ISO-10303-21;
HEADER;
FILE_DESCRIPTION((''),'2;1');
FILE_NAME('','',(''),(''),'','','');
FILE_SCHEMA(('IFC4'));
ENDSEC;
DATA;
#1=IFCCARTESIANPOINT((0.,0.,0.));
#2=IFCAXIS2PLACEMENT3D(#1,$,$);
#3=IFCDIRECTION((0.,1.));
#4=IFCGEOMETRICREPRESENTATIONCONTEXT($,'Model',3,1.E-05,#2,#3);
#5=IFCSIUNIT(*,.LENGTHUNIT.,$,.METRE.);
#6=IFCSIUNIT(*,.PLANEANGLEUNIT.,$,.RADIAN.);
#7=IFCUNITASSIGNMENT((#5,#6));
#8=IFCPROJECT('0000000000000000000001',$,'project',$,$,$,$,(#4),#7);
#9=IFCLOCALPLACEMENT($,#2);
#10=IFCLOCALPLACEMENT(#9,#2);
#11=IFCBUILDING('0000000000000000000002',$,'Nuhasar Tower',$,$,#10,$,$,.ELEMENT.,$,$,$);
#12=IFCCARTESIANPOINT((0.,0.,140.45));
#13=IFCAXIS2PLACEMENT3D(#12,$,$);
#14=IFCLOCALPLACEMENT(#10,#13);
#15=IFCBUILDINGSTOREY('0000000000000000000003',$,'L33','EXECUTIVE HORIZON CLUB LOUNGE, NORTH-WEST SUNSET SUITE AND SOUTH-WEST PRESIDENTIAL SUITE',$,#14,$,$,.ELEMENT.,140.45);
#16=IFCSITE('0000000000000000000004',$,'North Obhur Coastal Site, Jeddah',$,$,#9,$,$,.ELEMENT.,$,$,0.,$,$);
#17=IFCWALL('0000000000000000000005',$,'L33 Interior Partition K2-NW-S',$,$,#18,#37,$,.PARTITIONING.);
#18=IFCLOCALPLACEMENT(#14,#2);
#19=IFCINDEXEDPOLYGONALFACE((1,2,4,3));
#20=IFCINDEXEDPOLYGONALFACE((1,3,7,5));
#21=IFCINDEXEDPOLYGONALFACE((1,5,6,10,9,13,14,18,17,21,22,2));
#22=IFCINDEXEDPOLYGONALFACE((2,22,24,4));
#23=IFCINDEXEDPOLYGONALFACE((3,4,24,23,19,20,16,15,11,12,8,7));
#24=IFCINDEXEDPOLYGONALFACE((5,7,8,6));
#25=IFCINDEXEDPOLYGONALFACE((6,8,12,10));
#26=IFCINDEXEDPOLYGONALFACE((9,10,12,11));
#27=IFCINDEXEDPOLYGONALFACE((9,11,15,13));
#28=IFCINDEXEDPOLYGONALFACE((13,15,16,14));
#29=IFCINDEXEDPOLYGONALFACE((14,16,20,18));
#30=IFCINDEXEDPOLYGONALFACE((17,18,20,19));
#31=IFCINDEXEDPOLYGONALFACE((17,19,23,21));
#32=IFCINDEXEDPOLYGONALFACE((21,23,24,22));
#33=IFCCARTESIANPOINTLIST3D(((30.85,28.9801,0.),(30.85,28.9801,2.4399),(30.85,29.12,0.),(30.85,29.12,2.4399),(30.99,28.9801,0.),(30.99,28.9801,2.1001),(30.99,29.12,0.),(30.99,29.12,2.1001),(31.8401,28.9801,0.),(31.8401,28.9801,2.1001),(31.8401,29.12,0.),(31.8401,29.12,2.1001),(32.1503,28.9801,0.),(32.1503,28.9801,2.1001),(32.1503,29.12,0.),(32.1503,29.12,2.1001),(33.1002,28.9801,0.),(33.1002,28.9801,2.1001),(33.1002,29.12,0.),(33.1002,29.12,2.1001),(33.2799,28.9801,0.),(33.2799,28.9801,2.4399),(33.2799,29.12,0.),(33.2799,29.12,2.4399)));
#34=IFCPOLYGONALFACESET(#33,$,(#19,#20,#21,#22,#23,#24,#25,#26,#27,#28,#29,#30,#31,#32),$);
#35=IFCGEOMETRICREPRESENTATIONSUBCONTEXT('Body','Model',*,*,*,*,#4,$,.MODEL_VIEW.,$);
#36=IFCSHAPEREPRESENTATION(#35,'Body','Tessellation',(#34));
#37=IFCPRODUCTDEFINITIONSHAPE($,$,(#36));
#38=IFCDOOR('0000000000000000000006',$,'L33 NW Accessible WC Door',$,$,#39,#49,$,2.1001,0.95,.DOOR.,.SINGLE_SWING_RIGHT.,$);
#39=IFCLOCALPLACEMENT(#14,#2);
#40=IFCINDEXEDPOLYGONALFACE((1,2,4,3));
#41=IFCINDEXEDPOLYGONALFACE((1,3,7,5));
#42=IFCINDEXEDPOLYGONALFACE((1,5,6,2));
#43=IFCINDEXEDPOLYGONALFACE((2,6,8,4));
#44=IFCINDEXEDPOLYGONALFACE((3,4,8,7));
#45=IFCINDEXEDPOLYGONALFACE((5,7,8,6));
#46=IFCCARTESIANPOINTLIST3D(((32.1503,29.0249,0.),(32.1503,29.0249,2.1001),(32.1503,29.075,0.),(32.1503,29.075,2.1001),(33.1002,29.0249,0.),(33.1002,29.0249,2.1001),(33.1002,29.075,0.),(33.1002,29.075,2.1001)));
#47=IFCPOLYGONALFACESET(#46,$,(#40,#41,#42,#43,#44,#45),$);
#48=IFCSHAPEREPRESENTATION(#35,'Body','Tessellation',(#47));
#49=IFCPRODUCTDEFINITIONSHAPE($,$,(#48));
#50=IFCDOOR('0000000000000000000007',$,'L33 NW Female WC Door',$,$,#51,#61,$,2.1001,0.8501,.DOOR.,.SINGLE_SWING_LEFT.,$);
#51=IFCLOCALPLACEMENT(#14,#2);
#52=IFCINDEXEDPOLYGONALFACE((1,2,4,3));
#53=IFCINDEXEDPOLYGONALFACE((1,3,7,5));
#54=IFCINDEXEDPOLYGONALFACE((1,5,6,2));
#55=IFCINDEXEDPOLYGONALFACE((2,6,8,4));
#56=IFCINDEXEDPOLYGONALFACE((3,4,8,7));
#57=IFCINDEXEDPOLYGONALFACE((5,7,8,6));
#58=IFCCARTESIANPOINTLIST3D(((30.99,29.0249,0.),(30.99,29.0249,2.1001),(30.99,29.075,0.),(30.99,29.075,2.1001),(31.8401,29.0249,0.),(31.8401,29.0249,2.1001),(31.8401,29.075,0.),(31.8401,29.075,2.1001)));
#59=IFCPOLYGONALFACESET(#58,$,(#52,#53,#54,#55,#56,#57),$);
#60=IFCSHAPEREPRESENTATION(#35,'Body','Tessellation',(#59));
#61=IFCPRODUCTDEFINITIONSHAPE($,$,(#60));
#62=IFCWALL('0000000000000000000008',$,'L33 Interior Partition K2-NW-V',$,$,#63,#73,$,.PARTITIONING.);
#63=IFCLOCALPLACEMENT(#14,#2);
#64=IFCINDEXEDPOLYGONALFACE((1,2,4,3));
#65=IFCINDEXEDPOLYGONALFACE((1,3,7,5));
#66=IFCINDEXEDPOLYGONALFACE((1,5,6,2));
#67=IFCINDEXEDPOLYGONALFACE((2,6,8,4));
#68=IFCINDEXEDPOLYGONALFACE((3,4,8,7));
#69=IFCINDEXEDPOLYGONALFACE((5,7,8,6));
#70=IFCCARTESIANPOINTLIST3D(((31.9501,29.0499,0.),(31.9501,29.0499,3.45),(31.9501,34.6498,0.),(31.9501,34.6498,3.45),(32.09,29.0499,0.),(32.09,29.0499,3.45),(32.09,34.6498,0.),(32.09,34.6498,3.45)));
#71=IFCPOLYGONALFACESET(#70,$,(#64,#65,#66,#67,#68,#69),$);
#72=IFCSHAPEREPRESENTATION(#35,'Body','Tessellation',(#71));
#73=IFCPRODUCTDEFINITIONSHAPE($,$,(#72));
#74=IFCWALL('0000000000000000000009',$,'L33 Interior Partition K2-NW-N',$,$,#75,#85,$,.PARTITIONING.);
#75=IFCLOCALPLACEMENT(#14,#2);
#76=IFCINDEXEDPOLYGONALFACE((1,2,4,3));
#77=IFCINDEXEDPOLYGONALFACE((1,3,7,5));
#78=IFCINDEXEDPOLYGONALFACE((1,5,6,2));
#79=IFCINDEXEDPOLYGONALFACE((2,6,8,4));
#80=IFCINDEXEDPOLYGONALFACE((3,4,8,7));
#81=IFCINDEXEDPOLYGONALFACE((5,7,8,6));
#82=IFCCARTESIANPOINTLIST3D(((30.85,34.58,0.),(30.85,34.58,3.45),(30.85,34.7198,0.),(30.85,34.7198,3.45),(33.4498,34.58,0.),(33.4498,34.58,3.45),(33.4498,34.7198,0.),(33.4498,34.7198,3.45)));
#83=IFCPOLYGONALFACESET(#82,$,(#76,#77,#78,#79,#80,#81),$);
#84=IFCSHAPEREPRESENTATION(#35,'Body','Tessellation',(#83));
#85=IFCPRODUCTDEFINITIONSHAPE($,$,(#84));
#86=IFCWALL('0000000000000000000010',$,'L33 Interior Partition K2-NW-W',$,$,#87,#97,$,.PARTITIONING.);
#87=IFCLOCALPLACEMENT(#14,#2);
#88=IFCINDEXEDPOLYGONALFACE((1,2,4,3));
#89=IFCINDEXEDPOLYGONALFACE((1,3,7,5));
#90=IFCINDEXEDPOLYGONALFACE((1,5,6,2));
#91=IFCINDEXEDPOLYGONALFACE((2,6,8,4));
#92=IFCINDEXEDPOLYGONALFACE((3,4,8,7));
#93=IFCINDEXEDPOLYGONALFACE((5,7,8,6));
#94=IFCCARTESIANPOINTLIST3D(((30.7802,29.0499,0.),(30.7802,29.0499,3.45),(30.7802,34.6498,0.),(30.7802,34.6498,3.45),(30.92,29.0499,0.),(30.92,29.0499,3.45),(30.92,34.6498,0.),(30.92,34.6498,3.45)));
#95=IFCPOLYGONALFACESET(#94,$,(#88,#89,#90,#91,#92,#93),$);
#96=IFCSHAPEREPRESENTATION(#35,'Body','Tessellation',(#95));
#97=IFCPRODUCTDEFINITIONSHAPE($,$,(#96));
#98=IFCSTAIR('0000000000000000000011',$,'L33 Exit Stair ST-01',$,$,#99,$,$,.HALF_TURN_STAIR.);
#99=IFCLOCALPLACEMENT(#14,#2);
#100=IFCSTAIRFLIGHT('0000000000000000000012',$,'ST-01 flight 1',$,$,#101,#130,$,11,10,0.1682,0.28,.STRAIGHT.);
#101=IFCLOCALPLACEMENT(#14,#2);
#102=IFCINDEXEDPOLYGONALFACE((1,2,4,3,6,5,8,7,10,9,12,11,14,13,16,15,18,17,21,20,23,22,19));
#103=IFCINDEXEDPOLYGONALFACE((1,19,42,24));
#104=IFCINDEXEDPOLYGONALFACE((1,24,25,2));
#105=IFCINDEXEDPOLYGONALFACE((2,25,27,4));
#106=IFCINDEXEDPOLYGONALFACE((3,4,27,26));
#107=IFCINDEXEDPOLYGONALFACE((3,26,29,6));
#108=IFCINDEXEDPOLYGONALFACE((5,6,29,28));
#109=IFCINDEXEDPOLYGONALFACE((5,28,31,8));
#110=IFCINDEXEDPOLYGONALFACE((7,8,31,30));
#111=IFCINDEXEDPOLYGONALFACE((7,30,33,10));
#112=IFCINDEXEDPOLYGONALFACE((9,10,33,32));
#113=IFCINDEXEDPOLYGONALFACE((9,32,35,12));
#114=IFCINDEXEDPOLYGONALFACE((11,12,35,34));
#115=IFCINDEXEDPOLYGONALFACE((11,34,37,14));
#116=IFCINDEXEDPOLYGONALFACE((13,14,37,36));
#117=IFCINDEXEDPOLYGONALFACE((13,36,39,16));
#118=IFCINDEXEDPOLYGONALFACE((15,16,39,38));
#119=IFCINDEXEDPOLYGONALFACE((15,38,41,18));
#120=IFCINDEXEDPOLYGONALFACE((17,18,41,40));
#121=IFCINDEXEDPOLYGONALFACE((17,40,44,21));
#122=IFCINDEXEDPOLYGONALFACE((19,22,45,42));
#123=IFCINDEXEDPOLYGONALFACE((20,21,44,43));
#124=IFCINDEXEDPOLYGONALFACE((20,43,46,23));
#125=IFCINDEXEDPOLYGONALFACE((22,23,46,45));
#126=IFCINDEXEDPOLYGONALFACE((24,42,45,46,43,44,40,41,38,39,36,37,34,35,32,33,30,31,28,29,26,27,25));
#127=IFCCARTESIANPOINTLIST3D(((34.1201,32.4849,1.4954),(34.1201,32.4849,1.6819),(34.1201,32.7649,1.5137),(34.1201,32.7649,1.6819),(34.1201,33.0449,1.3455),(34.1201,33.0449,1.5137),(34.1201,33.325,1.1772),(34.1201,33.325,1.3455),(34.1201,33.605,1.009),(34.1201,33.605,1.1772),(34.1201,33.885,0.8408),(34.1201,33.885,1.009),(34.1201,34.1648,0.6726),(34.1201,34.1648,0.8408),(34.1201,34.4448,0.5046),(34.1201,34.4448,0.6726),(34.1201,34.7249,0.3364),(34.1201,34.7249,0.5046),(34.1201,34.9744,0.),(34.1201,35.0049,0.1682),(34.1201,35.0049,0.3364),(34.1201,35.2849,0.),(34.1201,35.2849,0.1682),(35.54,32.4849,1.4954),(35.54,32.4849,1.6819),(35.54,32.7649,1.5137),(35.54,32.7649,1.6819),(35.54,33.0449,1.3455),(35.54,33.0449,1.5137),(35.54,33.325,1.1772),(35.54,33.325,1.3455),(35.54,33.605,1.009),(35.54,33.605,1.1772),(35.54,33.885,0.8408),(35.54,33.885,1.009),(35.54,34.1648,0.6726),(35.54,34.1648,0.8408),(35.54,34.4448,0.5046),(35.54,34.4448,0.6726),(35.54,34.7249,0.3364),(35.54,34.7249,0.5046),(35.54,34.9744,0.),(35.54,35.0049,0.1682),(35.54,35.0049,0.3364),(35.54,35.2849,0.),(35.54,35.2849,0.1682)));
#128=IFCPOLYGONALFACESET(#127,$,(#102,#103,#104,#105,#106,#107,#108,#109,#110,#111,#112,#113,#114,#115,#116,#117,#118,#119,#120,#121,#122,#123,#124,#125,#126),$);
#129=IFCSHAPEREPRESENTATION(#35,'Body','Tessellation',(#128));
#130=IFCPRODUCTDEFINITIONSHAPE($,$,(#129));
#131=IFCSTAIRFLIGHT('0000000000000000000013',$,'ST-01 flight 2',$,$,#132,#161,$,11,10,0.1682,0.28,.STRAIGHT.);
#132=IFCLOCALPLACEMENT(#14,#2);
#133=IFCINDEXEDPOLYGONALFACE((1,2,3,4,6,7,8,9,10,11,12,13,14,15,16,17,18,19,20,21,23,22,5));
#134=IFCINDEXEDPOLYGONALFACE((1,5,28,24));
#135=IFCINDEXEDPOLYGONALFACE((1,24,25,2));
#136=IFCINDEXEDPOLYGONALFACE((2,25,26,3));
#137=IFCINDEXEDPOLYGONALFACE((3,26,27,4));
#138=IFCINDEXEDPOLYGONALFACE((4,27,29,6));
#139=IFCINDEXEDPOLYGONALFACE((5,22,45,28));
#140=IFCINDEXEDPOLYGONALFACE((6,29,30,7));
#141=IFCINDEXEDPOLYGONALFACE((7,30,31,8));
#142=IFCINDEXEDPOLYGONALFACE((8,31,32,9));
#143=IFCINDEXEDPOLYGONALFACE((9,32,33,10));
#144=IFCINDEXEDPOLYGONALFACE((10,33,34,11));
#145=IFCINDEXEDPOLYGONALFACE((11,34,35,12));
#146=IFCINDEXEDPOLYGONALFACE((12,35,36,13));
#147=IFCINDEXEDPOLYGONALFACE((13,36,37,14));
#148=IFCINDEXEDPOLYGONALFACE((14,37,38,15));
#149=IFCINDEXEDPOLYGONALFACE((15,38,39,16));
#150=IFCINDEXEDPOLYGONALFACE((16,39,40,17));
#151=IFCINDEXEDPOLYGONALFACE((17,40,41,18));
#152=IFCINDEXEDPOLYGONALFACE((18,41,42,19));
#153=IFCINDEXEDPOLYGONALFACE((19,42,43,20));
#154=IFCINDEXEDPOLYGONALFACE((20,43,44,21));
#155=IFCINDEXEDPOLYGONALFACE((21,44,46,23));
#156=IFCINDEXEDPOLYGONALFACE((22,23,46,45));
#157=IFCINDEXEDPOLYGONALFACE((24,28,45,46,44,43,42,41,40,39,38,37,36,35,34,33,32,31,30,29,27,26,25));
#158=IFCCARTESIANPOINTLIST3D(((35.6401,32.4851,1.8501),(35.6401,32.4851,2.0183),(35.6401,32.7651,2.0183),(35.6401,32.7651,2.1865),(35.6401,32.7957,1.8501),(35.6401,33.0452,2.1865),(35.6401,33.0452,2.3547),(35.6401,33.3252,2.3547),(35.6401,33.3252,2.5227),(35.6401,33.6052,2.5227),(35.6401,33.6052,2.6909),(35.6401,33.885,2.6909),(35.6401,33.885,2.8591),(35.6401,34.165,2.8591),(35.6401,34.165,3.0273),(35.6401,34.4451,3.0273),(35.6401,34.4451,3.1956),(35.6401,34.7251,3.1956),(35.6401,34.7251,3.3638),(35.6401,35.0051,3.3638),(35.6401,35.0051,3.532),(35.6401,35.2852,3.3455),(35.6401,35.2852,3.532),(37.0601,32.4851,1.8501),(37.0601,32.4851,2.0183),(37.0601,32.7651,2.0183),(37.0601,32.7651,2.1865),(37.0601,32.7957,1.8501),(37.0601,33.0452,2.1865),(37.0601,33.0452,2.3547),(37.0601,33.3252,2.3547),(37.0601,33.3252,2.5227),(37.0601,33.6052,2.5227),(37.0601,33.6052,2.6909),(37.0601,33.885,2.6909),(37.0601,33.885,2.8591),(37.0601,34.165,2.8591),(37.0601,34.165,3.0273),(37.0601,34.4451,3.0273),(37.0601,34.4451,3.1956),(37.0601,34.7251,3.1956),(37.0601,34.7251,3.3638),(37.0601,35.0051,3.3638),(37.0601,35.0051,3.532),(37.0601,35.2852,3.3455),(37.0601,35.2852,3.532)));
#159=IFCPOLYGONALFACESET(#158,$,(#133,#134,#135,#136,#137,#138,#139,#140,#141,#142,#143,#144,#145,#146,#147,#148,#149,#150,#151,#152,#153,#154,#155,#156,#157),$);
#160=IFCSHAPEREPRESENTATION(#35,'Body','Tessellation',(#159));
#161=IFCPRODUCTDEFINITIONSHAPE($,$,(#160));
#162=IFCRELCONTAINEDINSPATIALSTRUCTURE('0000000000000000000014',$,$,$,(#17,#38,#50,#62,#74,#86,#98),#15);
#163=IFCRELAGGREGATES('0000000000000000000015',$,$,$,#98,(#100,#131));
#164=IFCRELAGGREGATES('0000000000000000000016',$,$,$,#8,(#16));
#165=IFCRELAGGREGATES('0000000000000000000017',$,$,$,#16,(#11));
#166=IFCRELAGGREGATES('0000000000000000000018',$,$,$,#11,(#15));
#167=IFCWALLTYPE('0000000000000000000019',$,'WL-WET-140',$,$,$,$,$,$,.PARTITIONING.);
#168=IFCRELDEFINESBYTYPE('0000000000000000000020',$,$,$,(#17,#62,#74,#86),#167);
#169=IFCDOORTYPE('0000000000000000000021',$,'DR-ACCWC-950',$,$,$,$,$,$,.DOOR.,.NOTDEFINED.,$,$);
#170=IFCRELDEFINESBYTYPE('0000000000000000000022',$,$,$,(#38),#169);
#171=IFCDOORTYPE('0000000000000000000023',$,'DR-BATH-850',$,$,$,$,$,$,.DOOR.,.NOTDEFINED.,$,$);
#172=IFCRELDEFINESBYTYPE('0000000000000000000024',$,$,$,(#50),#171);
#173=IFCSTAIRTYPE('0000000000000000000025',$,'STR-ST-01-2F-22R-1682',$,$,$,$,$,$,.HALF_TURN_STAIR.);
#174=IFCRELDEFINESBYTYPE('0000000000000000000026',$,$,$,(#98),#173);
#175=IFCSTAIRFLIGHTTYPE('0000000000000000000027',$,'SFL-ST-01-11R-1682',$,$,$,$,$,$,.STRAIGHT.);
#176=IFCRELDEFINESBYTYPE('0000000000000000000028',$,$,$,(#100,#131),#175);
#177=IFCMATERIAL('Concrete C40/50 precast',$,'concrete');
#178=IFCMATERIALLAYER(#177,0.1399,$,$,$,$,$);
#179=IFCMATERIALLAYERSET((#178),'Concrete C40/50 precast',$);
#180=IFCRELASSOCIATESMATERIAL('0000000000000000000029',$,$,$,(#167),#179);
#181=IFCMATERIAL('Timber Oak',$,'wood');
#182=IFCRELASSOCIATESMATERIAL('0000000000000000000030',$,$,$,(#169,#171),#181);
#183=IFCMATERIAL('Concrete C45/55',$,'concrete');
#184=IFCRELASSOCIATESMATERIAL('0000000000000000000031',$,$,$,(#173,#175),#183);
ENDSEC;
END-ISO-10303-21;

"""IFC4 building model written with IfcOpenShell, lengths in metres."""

from ifc_helpers import new_model, si_unit, direction, frame, frame_2d, origin, place, context, subcontext, project, spatial, polyline, rectangle, outline, extrude, material, layer, layer_set, type_object, element, fill, aggregate, save


model = new_model("IFC4")

# Units and contexts
model_context = context("Model", 3, precision=1e-05, world=origin(), true_north=direction((0.0, 1.0)))
body_context = subcontext(model_context, "Body", "Model", "MODEL_VIEW")
ifc_project = project(units=[si_unit("LENGTHUNIT", "METRE"), si_unit("PLANEANGLEUNIT", "RADIAN")], contexts=[model_context])

# Site, building, storey
site_placement = place(None, origin())
site = spatial("IfcSite", under=ifc_project, at=site_placement, Name="North Obhur Coastal Site, Jeddah", CompositionType="ELEMENT", RefElevation=0.0)
building_placement = place(site_placement, origin())
building = spatial("IfcBuilding", under=site, at=building_placement, Name="Nuhasar Tower", CompositionType="ELEMENT")
storey_placement = place(building_placement, frame((0.0, 0.0, 140.45)))
storey = spatial("IfcBuildingStorey", under=building, at=storey_placement, Name="L33", Description="EXECUTIVE HORIZON CLUB LOUNGE, NORTH-WEST SUNSET SUITE AND SOUTH-WEST PRESIDENTIAL SUITE", CompositionType="ELEMENT", Elevation=140.45)

# Shared definitions
ifc_material_1 = material(Name="Concrete C40/50 precast", Category="concrete")
ifc_layer_1 = layer(ifc_material_1, 0.1399)
ifc_layer_set_1 = layer_set([ifc_layer_1], Name="Concrete C40/50 precast")
wall_type_1 = type_object("IfcWallType", Name="WL-WET-140", PredefinedType="PARTITIONING", material=ifc_layer_set_1)

# Wall, openings, doors
wall_1_placement = place(storey_placement, frame((30.8501, 29.05, 0.0), z_axis=(0.0, 0.0, 1.0), x_axis=(1.0, 0.0, 0.0)))
wall_1 = element("IfcWall", 1, at=wall_1_placement, inside=storey, type_object=wall_type_1, Name="L33 Interior Partition K2-NW-S", PredefinedType="PARTITIONING", context=body_context, shape_type="SweptSolid", body=[
    extrude(rectangle(XDim=2.4299, YDim=0.1399, at=frame_2d((1.2148, 0.0))), origin(), (0.0, 0.0, 1.0), 2.4399),
])
opening_1_placement = place(wall_1_placement, frame((0.1399, 0.0, 0.0)))
opening_1 = element("IfcOpeningElement", 2, at=opening_1_placement, cuts=wall_1, PredefinedType="OPENING", context=body_context, shape_type="SweptSolid", body=[
    extrude(rectangle(XDim=0.8501, YDim=2.1001, at=frame_2d((0.425, 1.05))), frame((0.0, 0.0801, 0.0), z_axis=(0.0, -1.0, 0.0), x_axis=(1.0, 0.0, 0.0)), (0.0, 0.0, 1.0), 0.1599),
])
opening_2_placement = place(wall_1_placement, frame((1.3, 0.0, 0.0)))
opening_2 = element("IfcOpeningElement", 3, at=opening_2_placement, cuts=wall_1, PredefinedType="OPENING", context=body_context, shape_type="SweptSolid", body=[
    extrude(rectangle(XDim=0.95, YDim=2.1001, at=frame_2d((0.4751, 1.05))), frame((0.0, 0.0801, 0.0), z_axis=(0.0, -1.0, 0.0), x_axis=(1.0, 0.0, 0.0)), (0.0, 0.0, 1.0), 0.1599),
])
ifc_material_2 = material(Name="Timber Oak", Category="wood")
door_type_1 = type_object("IfcDoorType", Name="DR-ACCWC-950", OperationType="NOTDEFINED", PredefinedType="DOOR", material=ifc_material_2)
door_1_placement = place(opening_2_placement, origin())
door_1 = element("IfcDoor", 4, at=door_1_placement, inside=storey, type_object=door_type_1, Name="L33 NW Accessible WC Door", OperationType="SINGLE_SWING_RIGHT", OverallHeight=2.1001, OverallWidth=0.95, PredefinedType="DOOR", context=body_context, shape_type="SweptSolid", body=[
    extrude(rectangle(XDim=0.95, YDim=2.1001, at=frame_2d((0.4751, 1.05))), frame((0.0, 0.0249, 0.0), z_axis=(0.0, -1.0, 0.0), x_axis=(1.0, 0.0, 0.0)), (0.0, 0.0, 1.0), 0.05),
])
fill(opening_2, door_1)
door_type_2 = type_object("IfcDoorType", Name="DR-BATH-850", OperationType="NOTDEFINED", PredefinedType="DOOR", material=ifc_material_2)
door_2_placement = place(opening_1_placement, origin())
door_2 = element("IfcDoor", 5, at=door_2_placement, inside=storey, type_object=door_type_2, Name="L33 NW Female WC Door", OperationType="SINGLE_SWING_LEFT", OverallHeight=2.1001, OverallWidth=0.8501, PredefinedType="DOOR", context=body_context, shape_type="SweptSolid", body=[
    extrude(rectangle(XDim=0.8501, YDim=2.1001, at=frame_2d((0.425, 1.05))), frame((0.0, 0.0249, 0.0), z_axis=(0.0, -1.0, 0.0), x_axis=(1.0, 0.0, 0.0)), (0.0, 0.0, 1.0), 0.05),
])
fill(opening_1, door_2)

# Walls
wall_2_placement = place(storey_placement, frame((32.02, 29.05, 0.0), z_axis=(0.0, 0.0, 1.0), x_axis=(0.0, 1.0, 0.0)))
element("IfcWall", 6, at=wall_2_placement, inside=storey, type_object=wall_type_1, Name="L33 Interior Partition K2-NW-V", PredefinedType="PARTITIONING", context=body_context, shape_type="SweptSolid", body=[
    extrude(rectangle(XDim=5.5999, YDim=0.1399, at=frame_2d((2.7998, 0.0))), origin(), (0.0, 0.0, 1.0), 3.45),
])
wall_3_placement = place(storey_placement, frame((30.8501, 34.6499, 0.0), z_axis=(0.0, 0.0, 1.0), x_axis=(1.0, 0.0, 0.0)))
element("IfcWall", 7, at=wall_3_placement, inside=storey, type_object=wall_type_1, Name="L33 Interior Partition K2-NW-N", PredefinedType="PARTITIONING", context=body_context, shape_type="SweptSolid", body=[
    extrude(rectangle(XDim=2.5999, YDim=0.1399, at=frame_2d((1.2998, 0.0))), origin(), (0.0, 0.0, 1.0), 3.45),
])
wall_4_placement = place(storey_placement, frame((30.8501, 29.05, 0.0), z_axis=(0.0, 0.0, 1.0), x_axis=(0.0, 1.0, 0.0)))
element("IfcWall", 8, at=wall_4_placement, inside=storey, type_object=wall_type_1, Name="L33 Interior Partition K2-NW-W", PredefinedType="PARTITIONING", context=body_context, shape_type="SweptSolid", body=[
    extrude(rectangle(XDim=5.5999, YDim=0.1399, at=frame_2d((2.7998, 0.0))), origin(), (0.0, 0.0, 1.0), 3.45),
])

# Stair, stair flights
ifc_material_3 = material(Name="Concrete C45/55", Category="concrete")
stair_type_1 = type_object("IfcStairType", Name="STR-ST-01-2F-22R-1682", PredefinedType="HALF_TURN_STAIR", material=ifc_material_3)
stair_1_placement = place(storey_placement, origin())
stair_1 = element("IfcStair", 9, at=stair_1_placement, inside=storey, type_object=stair_type_1, Name="L33 Exit Stair ST-01", PredefinedType="HALF_TURN_STAIR")
stair_flight_type_1 = type_object("IfcStairFlightType", Name="SFL-ST-01-11R-1682", PredefinedType="STRAIGHT", material=ifc_material_3)
stair_flight_1_placement = place(storey_placement, frame((34.8301, 35.2849, 0.0), z_axis=(0.0, 0.0, 1.0), x_axis=(0.0, -1.0, 0.0)))
stair_flight_1 = element("IfcStairFlight", 10, at=stair_flight_1_placement, type_object=stair_flight_type_1, Name="ST-01 flight 1", NumberOfRisers=11, NumberOfTreads=10, PredefinedType="STRAIGHT", RiserHeight=0.1682, TreadLength=0.28, context=body_context, shape_type="SweptSolid", body=[
    extrude(outline(polyline([(0.0, 0.0), (0.0, 0.1682), (0.28, 0.1682), (0.28, 0.3364), (0.5601, 0.3364), (0.5601, 0.5046), (0.8401, 0.5046), (0.8401, 0.6726), (1.1201, 0.6726), (1.1201, 0.8408), (1.3999, 0.8408), (1.3999, 1.009), (1.6799, 1.009), (1.6799, 1.1772), (1.96, 1.1772), (1.96, 1.3455), (2.24, 1.3455), (2.24, 1.5137), (2.52, 1.5137), (2.52, 1.6819), (2.8, 1.6819), (2.8, 1.8501), (2.8, 1.4954), (0.3105, 0.0), (0.0, 0.0)])), frame((0.0, 0.71, 0.0), z_axis=(0.0, -1.0, 0.0), x_axis=(1.0, 0.0, 0.0)), (0.0, 0.0, 1.0), 1.4199),
])
stair_flight_2_placement = place(storey_placement, frame((36.3501, 32.4851, 1.8501), z_axis=(0.0, 0.0, 1.0), x_axis=(0.0, 1.0, 0.0)))
stair_flight_2 = element("IfcStairFlight", 11, at=stair_flight_2_placement, type_object=stair_flight_type_1, Name="ST-01 flight 2", NumberOfRisers=11, NumberOfTreads=10, PredefinedType="STRAIGHT", RiserHeight=0.1682, TreadLength=0.28, context=body_context, shape_type="SweptSolid", body=[
    extrude(outline(polyline([(0.0, 0.0), (0.0, 0.1682), (0.28, 0.1682), (0.28, 0.3364), (0.5601, 0.3364), (0.5601, 0.5046), (0.8401, 0.5046), (0.8401, 0.6726), (1.1201, 0.6726), (1.1201, 0.8408), (1.3999, 0.8408), (1.3999, 1.009), (1.6799, 1.009), (1.6799, 1.1772), (1.96, 1.1772), (1.96, 1.3455), (2.24, 1.3455), (2.24, 1.5137), (2.52, 1.5137), (2.52, 1.6819), (2.8, 1.6819), (2.8, 1.8501), (2.8, 1.4954), (0.3105, 0.0), (0.0, 0.0)])), frame((0.0, 0.71, 0.0), z_axis=(0.0, -1.0, 0.0), x_axis=(1.0, 0.0, 0.0)), (0.0, 0.0, 1.0), 1.4199),
])
aggregate(stair_1, [stair_flight_1, stair_flight_2])

save(model, "model.ifc")
